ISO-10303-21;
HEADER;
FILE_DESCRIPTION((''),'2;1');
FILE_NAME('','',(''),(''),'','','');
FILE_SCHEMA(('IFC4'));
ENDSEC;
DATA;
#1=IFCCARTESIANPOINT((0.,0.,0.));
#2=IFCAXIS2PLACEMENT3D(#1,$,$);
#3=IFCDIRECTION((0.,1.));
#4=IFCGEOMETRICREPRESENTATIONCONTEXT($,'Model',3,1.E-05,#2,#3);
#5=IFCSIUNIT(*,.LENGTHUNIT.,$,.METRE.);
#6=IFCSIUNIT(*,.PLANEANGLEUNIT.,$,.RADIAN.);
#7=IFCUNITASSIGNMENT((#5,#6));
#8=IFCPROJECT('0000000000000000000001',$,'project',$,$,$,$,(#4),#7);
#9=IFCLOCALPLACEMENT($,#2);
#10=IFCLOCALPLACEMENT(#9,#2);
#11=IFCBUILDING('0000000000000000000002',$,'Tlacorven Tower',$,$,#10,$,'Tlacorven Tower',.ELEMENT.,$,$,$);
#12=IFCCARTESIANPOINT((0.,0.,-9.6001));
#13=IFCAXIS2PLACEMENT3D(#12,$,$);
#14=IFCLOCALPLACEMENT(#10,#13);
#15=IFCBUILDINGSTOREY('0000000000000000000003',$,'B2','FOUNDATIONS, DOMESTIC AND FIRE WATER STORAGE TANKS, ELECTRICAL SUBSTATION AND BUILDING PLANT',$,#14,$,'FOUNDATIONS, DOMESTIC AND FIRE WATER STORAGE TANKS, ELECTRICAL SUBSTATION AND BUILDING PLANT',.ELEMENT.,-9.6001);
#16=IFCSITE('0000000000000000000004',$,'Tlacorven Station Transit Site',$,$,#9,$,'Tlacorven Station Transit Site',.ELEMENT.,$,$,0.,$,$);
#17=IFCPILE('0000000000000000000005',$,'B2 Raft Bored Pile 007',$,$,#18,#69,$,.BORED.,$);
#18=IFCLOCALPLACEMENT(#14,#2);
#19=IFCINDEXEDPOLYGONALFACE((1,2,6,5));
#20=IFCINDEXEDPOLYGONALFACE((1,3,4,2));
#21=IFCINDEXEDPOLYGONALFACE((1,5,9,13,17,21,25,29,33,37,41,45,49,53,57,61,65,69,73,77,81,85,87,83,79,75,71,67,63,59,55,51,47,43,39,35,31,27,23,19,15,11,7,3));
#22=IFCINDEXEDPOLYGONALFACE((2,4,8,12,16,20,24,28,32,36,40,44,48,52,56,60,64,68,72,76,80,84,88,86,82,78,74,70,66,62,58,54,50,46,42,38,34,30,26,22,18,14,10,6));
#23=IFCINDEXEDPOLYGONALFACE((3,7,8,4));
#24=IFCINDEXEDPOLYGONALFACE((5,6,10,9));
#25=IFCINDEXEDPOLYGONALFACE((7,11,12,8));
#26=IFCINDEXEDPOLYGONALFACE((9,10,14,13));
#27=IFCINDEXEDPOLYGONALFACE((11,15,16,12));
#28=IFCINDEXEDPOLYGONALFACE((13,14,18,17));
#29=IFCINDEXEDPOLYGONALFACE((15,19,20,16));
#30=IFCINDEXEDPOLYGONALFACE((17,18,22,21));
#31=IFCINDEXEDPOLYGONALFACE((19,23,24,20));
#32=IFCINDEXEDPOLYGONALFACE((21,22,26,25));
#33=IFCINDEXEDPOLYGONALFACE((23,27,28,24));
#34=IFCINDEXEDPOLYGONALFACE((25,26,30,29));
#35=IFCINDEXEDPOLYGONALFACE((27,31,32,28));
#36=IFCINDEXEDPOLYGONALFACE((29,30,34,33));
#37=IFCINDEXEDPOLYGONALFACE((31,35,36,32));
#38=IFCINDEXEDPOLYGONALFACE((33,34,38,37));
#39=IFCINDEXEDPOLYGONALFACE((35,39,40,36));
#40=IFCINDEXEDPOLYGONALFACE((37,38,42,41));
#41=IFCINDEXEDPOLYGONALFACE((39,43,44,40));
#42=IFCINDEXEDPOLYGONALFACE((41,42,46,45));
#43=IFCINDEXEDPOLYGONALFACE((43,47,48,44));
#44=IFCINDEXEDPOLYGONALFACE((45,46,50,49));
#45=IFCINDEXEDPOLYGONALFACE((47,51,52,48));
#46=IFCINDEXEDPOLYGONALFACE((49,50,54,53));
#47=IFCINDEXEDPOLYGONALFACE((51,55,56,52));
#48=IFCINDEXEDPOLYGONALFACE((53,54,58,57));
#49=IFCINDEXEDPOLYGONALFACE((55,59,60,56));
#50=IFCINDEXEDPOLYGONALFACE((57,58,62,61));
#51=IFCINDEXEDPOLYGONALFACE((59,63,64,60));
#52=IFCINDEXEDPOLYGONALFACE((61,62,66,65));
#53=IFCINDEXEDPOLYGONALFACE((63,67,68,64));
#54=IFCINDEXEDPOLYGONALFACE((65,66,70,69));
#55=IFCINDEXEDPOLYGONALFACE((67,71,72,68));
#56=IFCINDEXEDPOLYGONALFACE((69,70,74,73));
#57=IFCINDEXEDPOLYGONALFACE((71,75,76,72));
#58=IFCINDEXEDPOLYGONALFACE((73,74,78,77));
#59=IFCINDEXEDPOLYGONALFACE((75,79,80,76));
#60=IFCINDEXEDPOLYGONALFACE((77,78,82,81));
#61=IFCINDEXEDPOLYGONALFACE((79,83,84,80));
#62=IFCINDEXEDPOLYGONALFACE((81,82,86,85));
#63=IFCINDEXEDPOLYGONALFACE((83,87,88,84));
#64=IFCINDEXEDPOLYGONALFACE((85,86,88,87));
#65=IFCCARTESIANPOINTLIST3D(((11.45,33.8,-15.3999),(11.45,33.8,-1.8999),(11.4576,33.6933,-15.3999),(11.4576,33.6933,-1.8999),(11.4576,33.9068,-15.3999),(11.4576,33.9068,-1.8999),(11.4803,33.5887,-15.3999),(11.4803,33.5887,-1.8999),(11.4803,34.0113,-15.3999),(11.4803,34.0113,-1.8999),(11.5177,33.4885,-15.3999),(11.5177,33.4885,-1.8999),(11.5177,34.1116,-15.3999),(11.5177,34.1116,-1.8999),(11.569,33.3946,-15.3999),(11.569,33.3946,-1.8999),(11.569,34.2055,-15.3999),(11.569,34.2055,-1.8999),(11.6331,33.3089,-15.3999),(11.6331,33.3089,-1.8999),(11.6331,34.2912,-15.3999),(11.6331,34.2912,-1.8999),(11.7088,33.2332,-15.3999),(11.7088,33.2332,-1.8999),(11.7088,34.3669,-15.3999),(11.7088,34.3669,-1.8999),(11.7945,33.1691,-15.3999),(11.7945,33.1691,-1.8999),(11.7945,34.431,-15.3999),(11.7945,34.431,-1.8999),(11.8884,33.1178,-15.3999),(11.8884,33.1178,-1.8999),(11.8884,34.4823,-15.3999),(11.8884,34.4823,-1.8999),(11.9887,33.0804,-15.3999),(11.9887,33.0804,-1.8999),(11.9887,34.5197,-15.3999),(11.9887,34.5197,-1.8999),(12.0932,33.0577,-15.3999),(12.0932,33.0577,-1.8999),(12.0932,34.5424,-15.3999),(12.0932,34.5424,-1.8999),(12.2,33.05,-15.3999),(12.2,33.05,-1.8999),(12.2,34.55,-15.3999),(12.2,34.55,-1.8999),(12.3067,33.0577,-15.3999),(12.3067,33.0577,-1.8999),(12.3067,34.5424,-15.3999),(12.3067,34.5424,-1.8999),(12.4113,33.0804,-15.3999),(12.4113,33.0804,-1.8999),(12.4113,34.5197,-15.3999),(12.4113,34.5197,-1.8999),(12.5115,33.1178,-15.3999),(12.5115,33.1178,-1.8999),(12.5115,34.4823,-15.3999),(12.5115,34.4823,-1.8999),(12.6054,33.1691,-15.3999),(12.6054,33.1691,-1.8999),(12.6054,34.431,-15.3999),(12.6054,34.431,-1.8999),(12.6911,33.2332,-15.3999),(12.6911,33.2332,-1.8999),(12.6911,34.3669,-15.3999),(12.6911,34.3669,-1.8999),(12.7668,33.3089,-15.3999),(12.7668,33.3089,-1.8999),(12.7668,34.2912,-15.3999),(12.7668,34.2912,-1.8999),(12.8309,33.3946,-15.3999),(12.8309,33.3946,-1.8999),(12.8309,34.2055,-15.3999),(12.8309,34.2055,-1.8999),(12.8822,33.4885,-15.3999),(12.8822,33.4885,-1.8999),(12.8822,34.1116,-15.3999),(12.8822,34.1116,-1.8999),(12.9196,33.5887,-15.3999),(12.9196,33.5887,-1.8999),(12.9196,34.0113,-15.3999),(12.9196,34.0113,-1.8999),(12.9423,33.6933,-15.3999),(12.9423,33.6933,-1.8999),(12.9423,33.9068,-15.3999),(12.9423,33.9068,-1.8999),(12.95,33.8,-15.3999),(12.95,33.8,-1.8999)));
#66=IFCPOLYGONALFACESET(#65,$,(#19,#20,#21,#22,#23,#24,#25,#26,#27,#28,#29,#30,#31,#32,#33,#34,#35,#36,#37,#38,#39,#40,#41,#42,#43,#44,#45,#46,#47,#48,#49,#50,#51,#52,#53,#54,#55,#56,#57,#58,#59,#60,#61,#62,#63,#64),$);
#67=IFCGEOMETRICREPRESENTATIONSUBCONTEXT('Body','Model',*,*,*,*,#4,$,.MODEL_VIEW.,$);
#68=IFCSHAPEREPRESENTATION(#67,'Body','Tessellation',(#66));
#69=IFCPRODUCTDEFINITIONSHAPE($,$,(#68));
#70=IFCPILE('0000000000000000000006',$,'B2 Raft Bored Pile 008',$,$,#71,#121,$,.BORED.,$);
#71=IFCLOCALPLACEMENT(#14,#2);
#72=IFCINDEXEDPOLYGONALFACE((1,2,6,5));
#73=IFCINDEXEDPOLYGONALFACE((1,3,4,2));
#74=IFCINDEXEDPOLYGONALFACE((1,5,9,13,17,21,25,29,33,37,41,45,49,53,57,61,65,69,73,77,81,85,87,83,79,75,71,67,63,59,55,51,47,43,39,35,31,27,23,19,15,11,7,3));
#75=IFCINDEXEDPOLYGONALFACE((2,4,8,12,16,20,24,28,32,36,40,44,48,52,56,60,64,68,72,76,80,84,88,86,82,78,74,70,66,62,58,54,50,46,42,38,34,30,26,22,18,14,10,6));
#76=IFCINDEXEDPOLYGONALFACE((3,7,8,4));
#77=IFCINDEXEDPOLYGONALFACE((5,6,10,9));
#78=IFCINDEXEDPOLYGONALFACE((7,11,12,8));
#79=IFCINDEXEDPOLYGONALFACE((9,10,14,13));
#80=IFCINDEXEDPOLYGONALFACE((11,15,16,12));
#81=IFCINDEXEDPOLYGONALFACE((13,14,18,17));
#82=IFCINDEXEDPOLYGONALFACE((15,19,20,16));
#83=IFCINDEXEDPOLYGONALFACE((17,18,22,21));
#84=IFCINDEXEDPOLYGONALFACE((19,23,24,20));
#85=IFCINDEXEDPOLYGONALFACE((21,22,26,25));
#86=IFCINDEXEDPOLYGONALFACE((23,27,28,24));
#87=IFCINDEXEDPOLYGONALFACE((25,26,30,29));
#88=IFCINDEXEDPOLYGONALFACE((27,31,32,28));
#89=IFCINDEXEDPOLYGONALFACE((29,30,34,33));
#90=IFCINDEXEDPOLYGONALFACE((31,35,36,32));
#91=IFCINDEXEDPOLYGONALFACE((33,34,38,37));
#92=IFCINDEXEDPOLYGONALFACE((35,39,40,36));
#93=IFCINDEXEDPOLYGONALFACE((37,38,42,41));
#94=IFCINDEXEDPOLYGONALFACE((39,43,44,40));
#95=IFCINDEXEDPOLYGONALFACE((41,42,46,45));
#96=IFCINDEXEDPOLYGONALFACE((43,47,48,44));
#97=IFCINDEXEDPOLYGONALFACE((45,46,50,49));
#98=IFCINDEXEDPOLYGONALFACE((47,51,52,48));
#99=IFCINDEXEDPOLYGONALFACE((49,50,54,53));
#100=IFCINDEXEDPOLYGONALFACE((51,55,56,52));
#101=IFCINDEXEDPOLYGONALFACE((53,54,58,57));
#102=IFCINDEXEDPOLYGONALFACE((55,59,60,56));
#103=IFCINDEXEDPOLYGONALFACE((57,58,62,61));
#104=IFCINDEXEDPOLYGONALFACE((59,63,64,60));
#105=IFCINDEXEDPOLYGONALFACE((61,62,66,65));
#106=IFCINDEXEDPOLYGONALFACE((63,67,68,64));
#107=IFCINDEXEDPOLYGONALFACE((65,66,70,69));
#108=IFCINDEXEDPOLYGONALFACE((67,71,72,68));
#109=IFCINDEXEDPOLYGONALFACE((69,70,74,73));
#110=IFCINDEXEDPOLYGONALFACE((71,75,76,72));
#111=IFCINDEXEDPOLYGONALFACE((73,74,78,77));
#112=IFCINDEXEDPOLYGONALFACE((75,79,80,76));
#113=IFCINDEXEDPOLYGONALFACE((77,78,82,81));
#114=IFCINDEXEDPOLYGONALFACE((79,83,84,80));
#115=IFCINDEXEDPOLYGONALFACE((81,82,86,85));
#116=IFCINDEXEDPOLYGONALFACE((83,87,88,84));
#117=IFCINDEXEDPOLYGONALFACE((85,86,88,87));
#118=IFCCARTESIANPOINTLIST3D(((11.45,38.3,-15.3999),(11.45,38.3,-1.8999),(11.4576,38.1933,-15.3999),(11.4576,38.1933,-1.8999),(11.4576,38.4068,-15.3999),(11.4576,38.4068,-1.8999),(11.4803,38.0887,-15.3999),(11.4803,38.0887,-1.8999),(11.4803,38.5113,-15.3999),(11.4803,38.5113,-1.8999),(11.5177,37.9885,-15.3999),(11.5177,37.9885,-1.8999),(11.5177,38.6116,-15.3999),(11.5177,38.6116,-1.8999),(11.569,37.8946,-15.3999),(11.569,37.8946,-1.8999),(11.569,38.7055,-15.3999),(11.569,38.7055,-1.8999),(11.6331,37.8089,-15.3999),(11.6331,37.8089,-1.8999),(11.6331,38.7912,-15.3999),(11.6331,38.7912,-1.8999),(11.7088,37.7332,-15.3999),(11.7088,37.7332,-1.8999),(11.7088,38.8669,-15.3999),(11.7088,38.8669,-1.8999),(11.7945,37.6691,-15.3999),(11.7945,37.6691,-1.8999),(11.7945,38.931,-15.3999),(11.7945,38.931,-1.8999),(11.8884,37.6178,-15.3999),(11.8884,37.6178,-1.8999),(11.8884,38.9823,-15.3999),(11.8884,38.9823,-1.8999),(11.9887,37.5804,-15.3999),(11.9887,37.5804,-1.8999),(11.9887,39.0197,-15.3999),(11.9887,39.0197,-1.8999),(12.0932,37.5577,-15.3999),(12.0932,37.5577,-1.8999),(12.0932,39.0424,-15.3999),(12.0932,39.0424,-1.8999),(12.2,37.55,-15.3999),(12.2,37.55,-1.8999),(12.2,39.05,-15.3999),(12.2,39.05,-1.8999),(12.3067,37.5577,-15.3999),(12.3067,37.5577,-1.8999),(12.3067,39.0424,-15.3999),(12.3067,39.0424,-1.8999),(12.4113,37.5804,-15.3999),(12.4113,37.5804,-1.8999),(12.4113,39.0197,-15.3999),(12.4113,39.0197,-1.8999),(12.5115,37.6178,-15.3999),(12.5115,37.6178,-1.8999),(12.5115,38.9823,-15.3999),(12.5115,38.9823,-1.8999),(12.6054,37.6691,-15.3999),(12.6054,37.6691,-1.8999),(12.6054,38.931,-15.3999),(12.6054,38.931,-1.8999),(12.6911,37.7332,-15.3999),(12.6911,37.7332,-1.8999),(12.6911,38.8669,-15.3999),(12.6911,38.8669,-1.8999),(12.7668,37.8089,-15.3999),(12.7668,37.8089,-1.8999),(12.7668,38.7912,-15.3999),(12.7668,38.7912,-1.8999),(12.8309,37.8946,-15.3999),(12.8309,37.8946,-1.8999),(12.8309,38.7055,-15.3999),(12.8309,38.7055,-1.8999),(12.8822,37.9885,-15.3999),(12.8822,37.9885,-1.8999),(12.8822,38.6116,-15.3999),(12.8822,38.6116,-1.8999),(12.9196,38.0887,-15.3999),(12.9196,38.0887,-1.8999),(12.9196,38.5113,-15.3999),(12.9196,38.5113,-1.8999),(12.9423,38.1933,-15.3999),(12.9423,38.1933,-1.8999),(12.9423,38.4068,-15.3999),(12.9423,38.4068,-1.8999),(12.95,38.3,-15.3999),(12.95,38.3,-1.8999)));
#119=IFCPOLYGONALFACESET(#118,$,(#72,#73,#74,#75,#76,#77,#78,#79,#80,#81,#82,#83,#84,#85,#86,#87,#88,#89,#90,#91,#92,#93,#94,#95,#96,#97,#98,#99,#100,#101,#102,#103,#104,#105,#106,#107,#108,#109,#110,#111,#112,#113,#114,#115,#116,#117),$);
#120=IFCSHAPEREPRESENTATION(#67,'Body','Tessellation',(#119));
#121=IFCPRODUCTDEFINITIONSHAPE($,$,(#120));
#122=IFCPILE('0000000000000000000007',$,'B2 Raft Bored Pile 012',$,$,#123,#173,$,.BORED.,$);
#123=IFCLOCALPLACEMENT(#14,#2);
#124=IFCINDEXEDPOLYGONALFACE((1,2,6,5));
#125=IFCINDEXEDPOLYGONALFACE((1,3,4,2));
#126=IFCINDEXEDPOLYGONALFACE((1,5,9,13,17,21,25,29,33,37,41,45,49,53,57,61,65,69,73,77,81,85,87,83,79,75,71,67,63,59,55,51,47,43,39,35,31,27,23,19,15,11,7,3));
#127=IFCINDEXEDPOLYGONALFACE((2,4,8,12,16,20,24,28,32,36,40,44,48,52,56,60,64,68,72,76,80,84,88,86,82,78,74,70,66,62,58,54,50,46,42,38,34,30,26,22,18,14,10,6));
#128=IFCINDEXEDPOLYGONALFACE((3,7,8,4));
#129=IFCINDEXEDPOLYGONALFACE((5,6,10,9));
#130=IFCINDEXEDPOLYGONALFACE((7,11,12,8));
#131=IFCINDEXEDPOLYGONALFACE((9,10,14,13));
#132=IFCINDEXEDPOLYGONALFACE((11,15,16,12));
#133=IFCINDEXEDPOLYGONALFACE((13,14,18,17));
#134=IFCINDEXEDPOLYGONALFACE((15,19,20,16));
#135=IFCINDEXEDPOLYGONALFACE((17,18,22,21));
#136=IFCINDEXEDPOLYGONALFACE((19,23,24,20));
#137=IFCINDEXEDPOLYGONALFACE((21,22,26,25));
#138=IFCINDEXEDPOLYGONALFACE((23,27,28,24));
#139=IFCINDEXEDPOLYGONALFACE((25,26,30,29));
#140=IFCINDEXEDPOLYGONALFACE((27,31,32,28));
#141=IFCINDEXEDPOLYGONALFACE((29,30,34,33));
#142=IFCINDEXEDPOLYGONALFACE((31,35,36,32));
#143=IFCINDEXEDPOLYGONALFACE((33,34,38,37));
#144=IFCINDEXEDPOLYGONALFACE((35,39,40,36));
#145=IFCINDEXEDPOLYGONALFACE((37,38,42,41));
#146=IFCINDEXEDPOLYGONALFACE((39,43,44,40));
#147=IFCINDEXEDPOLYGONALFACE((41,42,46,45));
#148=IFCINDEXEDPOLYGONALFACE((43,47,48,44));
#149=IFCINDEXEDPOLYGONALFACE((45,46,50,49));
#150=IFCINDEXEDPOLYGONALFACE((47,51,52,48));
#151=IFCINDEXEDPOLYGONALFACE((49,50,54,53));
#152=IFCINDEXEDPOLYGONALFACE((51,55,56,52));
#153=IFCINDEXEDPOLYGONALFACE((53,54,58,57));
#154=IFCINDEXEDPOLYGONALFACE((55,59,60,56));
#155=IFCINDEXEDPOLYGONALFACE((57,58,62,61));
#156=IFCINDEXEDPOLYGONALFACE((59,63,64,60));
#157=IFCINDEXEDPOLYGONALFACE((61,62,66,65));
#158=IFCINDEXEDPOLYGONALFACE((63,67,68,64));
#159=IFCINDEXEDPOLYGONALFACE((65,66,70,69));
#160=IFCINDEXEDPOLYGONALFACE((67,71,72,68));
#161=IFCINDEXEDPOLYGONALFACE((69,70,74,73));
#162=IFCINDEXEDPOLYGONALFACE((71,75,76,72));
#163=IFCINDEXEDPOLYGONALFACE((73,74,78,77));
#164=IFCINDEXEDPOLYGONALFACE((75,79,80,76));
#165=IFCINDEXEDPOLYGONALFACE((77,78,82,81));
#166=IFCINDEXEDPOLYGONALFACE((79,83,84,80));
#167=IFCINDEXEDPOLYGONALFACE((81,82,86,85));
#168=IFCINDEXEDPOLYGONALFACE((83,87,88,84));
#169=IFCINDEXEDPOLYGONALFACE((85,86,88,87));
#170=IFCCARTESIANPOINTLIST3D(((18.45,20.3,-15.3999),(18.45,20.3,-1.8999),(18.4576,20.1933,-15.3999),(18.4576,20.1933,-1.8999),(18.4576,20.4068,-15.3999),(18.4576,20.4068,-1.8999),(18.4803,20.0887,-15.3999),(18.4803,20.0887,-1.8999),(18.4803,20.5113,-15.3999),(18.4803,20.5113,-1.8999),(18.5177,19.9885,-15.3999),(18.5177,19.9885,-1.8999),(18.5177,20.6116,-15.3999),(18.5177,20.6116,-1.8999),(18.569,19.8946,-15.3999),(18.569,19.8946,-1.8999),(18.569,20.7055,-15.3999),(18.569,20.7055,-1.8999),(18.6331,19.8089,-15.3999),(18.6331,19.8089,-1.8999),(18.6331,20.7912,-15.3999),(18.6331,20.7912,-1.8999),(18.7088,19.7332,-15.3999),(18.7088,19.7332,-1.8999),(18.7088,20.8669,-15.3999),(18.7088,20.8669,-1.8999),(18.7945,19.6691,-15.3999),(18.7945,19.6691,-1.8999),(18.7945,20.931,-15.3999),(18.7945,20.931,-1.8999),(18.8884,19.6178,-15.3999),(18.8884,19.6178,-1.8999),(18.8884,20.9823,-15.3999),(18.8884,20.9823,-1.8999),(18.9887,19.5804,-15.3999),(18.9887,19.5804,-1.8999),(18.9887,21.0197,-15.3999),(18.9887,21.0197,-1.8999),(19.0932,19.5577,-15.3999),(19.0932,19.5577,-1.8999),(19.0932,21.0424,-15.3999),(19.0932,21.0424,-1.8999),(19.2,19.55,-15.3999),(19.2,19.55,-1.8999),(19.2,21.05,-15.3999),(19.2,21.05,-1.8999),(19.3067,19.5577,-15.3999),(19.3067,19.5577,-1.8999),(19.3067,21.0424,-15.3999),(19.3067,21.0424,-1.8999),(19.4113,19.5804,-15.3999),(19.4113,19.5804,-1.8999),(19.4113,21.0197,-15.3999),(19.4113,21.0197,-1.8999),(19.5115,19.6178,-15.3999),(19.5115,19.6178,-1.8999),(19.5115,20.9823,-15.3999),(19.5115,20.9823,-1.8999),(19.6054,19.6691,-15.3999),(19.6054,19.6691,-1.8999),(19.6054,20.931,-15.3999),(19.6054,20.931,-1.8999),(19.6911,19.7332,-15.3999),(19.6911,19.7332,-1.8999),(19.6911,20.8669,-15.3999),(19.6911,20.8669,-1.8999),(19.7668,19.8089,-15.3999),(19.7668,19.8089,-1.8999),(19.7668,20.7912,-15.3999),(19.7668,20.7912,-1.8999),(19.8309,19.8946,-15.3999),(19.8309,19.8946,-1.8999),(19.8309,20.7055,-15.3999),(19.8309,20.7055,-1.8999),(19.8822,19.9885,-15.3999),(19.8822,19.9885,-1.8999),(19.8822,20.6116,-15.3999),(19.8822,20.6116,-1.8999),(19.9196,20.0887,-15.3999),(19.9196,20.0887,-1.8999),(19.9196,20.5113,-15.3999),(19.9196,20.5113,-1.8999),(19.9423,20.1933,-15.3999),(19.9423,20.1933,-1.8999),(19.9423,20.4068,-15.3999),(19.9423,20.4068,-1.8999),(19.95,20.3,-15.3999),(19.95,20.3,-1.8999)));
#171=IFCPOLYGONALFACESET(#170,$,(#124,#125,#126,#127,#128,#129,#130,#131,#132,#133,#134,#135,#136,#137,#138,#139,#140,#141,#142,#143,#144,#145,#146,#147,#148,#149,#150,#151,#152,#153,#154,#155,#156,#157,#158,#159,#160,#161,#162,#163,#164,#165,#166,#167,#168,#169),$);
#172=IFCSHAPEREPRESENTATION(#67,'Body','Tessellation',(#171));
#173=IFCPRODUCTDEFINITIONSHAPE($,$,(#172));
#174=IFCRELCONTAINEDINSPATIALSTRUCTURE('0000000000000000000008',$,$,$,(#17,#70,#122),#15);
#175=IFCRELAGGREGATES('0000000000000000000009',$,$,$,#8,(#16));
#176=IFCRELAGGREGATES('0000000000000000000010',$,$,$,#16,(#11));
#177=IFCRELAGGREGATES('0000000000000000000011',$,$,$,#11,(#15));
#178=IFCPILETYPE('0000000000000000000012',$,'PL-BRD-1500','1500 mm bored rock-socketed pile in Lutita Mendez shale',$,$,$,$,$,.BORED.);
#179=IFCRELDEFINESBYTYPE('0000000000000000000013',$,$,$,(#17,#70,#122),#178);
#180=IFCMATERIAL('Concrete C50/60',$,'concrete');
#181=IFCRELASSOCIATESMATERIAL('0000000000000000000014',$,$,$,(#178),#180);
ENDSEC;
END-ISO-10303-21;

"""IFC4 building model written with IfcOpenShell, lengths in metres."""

from ifc_helpers import new_model, si_unit, direction, frame, origin, origin_2d, place, context, subcontext, project, spatial, circle, extrude, source, transform, mapped, material, material_profile, profile_set, type_object, element, save


model = new_model("IFC4")

# Units and contexts
model_context = context("Model", 3, precision=1e-05, world=origin(), true_north=direction((0.0, 1.0)))
body_context = subcontext(model_context, "Body", "Model", "MODEL_VIEW")
ifc_project = project(units=[si_unit("LENGTHUNIT", "METRE"), si_unit("PLANEANGLEUNIT", "RADIAN")], contexts=[model_context])

# Site, building, storey
site_placement = place(None, origin())
site = spatial("IfcSite", under=ifc_project, at=site_placement, Name="Tlacorven Station Transit Site", LongName="Tlacorven Station Transit Site", CompositionType="ELEMENT", RefElevation=0.0)
building_placement = place(site_placement, origin())
building = spatial("IfcBuilding", under=site, at=building_placement, Name="Tlacorven Tower", LongName="Tlacorven Tower", CompositionType="ELEMENT")
storey_placement = place(building_placement, frame((0.0, 0.0, -9.6001)))
storey = spatial("IfcBuildingStorey", under=building, at=storey_placement, Name="B2", Description="FOUNDATIONS, DOMESTIC AND FIRE WATER STORAGE TANKS, ELECTRICAL SUBSTATION AND BUILDING PLANT", LongName="FOUNDATIONS, DOMESTIC AND FIRE WATER STORAGE TANKS, ELECTRICAL SUBSTATION AND BUILDING PLANT", CompositionType="ELEMENT", Elevation=-9.6001)

# Piles
ifc_material_1 = material(Name="Concrete C50/60", Category="concrete")
ifc_material_profile_1 = material_profile(ifc_material_1, circle(Radius=0.75, at=origin_2d()), Name="BORED PILE D1500")
ifc_profile_set_1 = profile_set([ifc_material_profile_1], Name="Concrete C50/60")
pile_type_1 = type_object("IfcPileType", Name="PL-BRD-1500", Description="1500 mm bored rock-socketed pile in Lutita Mendez shale", PredefinedType="BORED", material=ifc_profile_set_1)
shared_shape_1 = source(origin(), body_context, "Body", "SweptSolid", [
    extrude(circle(Radius=0.75, at=origin_2d()), origin(), (0.0, 0.0, 1.0), 13.5),
])
for number, where, z_axis, x_axis, name in (
    (1, (12.2, 33.8, -1.8999), (0.0, 0.0, -1.0), (1.0, 0.0, 0.0), "B2 Raft Bored Pile 007"),
    (2, (12.2, 38.3, -1.8999), (0.0, 0.0, -1.0), (1.0, 0.0, 0.0), "B2 Raft Bored Pile 008"),
    (3, (19.2, 20.3, -1.8999), (0.0, 0.0, -1.0), (1.0, 0.0, 0.0), "B2 Raft Bored Pile 012"),
):
    element("IfcPile", number, at=place(storey_placement, frame(where, z_axis=z_axis, x_axis=x_axis)), inside=storey, type_object=pile_type_1, Name=name, PredefinedType="BORED", context=body_context, shape_type="MappedRepresentation", body=[
        mapped(shared_shape_1, transform((0.0, 0.0, 0.0), scale=1.0)),
    ])

save(model, "model.ifc")
